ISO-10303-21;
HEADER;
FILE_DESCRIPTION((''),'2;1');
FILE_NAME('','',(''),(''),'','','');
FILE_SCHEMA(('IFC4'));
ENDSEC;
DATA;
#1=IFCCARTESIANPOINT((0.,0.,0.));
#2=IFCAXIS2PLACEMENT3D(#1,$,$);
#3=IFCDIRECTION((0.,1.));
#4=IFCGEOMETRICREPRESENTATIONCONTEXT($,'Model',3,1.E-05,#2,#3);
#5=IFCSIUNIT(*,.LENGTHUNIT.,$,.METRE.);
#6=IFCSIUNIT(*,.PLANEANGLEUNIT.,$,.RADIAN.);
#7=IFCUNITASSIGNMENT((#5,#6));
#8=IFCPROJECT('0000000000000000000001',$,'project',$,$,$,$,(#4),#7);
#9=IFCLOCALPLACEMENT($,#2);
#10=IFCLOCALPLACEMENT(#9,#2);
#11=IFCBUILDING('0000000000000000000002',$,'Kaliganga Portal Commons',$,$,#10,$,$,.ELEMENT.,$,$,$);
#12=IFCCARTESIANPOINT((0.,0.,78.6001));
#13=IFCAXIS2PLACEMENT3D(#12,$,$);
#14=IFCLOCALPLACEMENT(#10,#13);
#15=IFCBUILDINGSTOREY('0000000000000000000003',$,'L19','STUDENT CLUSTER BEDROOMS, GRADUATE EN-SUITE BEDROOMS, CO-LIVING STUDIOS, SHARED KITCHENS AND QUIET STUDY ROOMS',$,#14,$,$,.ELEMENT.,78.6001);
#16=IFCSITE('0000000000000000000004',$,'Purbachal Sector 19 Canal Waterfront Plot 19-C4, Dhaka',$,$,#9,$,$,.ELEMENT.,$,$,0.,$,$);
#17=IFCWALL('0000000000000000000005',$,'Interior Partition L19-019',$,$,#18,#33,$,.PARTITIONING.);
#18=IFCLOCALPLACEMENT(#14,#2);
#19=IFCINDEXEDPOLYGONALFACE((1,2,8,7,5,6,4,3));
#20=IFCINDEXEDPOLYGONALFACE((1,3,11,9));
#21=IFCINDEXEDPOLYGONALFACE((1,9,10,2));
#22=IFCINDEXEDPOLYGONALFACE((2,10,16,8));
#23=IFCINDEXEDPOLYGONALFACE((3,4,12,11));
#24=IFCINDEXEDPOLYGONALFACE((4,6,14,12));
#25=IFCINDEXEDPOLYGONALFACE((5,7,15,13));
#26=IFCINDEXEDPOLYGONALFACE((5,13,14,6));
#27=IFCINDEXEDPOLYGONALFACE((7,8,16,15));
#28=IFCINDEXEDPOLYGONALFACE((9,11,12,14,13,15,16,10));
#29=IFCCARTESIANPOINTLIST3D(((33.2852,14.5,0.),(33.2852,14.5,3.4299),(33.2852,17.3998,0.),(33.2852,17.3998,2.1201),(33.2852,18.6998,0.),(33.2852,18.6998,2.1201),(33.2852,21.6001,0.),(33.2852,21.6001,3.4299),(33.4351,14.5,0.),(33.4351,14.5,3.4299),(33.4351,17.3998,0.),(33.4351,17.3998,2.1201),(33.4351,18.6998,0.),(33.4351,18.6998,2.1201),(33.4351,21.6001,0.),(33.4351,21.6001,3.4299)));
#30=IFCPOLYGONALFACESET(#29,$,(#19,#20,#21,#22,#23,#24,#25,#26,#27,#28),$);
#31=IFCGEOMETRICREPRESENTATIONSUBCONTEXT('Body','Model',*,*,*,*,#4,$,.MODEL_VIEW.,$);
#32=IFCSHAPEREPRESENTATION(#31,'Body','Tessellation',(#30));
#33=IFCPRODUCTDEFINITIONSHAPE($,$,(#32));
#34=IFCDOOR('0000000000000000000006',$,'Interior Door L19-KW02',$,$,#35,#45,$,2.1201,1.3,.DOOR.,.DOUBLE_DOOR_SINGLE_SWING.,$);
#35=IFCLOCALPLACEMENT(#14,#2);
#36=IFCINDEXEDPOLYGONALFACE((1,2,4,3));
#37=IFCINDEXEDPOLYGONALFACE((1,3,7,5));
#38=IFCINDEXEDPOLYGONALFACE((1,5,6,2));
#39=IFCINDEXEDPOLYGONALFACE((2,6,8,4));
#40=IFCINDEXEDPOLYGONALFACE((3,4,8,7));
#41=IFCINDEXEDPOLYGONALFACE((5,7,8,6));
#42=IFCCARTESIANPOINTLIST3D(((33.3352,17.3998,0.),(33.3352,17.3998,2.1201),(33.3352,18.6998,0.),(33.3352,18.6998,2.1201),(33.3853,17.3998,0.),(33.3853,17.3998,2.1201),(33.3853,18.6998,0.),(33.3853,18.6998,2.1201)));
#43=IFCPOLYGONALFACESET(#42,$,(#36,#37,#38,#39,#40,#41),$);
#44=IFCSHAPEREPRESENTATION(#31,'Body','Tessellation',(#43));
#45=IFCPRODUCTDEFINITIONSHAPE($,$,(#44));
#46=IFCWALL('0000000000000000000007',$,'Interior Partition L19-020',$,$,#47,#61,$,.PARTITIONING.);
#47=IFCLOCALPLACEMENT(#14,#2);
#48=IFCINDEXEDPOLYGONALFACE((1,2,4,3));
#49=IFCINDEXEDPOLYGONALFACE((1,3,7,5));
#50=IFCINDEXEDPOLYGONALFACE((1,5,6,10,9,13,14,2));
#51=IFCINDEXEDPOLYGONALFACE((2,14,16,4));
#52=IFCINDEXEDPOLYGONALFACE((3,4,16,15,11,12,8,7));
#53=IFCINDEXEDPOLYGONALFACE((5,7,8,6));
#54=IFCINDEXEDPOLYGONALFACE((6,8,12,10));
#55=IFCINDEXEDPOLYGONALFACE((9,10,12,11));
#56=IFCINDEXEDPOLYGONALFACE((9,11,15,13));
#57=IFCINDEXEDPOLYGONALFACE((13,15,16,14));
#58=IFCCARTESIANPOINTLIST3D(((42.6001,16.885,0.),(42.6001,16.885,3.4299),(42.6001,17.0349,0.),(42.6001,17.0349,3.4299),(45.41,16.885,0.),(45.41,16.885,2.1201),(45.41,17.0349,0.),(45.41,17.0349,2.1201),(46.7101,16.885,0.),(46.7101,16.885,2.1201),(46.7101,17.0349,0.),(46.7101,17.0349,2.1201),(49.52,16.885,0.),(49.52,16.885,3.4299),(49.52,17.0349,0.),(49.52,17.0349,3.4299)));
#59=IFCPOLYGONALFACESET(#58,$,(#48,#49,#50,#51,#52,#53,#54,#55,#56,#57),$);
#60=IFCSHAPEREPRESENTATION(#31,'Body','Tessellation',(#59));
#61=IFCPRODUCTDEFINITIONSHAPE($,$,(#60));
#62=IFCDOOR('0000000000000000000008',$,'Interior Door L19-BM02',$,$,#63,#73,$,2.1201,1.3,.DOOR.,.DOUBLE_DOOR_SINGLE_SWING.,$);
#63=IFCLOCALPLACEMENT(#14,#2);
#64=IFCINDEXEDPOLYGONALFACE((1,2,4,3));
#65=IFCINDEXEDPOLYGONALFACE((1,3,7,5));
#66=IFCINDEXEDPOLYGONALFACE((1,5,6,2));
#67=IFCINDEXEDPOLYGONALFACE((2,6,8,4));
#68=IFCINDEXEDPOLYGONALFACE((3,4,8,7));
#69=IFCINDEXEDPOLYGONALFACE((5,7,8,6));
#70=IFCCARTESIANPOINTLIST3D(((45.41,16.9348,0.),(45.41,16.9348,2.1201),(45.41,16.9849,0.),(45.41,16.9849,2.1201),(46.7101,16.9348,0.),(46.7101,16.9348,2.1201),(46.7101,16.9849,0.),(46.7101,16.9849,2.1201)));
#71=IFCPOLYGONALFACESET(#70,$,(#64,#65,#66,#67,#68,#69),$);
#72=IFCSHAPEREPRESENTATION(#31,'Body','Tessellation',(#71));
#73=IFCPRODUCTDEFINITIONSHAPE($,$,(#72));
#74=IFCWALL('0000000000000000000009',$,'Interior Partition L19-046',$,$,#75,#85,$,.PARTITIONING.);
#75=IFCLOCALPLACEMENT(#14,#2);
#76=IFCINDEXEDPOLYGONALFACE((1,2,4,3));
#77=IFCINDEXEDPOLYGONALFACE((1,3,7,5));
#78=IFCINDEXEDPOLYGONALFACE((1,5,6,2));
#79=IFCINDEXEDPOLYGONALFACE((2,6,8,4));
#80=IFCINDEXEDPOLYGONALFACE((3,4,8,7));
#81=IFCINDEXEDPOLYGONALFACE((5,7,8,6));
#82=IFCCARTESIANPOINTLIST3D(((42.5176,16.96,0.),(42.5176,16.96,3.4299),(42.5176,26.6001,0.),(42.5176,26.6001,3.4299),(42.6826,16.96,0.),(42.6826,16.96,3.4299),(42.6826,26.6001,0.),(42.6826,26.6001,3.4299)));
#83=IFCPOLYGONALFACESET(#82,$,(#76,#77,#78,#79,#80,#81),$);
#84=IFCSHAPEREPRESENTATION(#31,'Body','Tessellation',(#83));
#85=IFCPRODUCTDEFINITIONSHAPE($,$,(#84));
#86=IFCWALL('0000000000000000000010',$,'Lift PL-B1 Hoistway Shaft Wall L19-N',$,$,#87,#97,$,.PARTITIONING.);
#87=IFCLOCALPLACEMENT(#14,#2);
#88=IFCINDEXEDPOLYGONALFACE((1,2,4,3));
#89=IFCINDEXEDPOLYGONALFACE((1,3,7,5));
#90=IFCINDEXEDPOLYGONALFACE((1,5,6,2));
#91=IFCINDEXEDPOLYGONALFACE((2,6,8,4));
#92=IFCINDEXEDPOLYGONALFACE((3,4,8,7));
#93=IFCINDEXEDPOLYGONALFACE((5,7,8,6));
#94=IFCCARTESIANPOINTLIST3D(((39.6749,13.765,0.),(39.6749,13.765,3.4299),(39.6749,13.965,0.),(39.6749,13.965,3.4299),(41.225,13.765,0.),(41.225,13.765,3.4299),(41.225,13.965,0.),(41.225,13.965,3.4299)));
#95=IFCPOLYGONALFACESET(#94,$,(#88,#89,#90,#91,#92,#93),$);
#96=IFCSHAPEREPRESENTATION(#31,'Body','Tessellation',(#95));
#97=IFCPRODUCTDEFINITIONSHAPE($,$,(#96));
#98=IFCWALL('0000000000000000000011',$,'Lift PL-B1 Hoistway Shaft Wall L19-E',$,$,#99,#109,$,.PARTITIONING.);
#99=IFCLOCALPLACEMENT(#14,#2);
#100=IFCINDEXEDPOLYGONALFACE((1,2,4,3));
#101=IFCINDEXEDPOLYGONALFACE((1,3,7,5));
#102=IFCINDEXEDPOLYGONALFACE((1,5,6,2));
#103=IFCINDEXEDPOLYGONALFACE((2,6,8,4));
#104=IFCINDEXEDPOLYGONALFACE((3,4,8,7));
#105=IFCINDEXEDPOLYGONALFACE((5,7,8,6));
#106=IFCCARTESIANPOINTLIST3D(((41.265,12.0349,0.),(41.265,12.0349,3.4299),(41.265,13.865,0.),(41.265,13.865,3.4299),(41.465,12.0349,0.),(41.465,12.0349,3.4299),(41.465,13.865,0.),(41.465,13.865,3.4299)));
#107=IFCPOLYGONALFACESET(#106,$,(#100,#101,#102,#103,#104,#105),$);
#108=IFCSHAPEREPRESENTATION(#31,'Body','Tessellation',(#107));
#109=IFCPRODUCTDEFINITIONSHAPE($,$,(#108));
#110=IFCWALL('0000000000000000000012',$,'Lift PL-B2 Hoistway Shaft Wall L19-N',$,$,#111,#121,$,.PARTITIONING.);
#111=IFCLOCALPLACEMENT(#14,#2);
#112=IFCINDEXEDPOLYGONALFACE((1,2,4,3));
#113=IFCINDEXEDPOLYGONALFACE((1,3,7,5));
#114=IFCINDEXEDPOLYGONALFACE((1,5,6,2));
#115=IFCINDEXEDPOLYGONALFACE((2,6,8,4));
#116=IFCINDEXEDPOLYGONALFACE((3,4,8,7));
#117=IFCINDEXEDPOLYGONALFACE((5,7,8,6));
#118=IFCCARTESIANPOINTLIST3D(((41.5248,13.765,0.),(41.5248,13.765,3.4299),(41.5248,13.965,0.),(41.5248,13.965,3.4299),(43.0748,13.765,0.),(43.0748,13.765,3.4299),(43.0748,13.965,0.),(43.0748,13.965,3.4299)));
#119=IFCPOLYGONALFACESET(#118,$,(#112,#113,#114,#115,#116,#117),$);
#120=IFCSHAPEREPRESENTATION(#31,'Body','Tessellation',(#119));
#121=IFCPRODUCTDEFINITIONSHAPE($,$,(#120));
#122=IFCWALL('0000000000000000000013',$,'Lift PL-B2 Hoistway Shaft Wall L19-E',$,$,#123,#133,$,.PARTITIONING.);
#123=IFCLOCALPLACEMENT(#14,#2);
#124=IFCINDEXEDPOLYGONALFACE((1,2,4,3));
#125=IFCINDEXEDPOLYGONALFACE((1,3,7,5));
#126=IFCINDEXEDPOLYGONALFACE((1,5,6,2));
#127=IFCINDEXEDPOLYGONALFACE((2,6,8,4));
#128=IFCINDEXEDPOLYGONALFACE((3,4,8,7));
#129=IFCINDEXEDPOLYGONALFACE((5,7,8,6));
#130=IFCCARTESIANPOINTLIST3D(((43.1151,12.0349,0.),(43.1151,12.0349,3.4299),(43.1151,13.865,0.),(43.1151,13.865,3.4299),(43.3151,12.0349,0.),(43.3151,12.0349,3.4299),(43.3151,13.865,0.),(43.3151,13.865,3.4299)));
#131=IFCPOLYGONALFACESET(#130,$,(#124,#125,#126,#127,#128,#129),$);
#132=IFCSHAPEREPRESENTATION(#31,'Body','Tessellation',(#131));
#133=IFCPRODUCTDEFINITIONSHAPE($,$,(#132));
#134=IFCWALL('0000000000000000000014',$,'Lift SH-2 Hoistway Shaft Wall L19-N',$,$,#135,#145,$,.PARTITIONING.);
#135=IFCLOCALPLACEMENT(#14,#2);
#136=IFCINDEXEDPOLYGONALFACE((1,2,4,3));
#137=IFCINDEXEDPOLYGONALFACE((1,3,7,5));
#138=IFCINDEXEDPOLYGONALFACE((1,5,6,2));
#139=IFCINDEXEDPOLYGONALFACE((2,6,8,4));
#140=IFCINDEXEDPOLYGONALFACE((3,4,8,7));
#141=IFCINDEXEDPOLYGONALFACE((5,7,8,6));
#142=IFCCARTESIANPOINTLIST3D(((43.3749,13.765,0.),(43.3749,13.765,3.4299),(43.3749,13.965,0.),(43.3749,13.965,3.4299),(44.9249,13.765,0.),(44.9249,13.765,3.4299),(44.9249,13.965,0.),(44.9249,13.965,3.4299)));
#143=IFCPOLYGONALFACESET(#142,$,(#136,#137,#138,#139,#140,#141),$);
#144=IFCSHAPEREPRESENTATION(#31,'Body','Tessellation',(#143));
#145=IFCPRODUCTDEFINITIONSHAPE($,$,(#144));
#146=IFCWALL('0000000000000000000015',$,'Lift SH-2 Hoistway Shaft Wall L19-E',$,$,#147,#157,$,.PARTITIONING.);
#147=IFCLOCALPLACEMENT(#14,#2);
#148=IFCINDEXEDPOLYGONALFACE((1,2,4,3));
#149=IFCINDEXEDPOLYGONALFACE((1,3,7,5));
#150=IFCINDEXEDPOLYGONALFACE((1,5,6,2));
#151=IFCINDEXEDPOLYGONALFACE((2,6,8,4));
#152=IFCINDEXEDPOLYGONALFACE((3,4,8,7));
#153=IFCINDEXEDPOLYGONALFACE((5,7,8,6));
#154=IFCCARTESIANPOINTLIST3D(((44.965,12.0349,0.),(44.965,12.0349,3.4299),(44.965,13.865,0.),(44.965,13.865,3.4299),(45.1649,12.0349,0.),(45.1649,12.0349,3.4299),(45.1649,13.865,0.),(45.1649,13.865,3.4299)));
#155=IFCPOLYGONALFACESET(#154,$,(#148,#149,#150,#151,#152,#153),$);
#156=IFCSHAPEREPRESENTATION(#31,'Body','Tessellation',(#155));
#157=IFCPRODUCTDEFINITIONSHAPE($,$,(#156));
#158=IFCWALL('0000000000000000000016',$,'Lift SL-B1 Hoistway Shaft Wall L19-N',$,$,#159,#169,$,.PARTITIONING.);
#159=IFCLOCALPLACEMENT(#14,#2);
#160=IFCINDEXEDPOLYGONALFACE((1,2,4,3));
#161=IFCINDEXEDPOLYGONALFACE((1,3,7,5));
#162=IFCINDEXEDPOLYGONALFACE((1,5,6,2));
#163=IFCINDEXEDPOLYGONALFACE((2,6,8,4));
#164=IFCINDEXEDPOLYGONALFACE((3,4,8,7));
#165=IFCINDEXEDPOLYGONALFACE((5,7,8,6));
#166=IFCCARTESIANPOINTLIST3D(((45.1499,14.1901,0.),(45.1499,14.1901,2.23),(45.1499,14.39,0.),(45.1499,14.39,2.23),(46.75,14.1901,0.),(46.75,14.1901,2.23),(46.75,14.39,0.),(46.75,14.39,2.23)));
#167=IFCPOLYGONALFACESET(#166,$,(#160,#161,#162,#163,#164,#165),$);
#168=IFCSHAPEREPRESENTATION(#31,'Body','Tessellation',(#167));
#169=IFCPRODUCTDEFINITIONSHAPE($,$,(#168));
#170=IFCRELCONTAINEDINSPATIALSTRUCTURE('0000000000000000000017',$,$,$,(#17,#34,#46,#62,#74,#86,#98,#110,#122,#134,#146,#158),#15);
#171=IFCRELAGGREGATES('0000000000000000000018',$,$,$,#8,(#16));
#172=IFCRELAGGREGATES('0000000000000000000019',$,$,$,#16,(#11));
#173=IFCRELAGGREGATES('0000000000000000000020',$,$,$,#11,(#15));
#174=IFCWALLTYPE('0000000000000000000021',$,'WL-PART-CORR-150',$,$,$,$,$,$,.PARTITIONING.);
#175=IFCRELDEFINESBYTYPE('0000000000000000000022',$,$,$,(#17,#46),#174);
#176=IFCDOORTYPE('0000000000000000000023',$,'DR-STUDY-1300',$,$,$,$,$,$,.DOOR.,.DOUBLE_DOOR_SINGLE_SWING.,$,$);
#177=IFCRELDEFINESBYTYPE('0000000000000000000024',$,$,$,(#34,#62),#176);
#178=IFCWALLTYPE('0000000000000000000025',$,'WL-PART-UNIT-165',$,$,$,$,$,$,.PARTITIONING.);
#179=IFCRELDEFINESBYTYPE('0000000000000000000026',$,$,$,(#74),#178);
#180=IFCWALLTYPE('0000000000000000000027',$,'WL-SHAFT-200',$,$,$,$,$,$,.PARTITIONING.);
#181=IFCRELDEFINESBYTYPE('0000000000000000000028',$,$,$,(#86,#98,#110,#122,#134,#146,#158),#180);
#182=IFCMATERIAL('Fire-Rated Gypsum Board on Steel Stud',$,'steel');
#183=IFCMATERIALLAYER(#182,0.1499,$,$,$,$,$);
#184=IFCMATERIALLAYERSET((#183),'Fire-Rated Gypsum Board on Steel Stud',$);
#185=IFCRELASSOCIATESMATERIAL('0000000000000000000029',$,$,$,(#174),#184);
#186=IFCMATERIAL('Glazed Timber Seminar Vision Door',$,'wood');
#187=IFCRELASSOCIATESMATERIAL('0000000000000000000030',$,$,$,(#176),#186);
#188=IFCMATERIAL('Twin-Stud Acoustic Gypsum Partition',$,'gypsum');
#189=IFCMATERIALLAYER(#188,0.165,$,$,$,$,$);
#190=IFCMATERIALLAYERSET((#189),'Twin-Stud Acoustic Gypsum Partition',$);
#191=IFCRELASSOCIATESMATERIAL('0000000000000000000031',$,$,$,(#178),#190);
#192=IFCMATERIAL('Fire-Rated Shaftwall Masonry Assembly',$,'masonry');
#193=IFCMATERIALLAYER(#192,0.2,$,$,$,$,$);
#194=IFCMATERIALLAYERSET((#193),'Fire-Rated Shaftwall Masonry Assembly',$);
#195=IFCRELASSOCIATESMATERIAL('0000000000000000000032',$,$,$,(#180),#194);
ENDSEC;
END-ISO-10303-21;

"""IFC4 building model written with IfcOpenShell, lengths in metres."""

from ifc_helpers import new_model, si_unit, direction, frame, frame_2d, origin, place, context, subcontext, project, spatial, rectangle, extrude, material, layer, layer_set, type_object, element, fill, save


model = new_model("IFC4")

# Units and contexts
model_context = context("Model", 3, precision=1e-05, world=origin(), true_north=direction((0.0, 1.0)))
body_context = subcontext(model_context, "Body", "Model", "MODEL_VIEW")
ifc_project = project(units=[si_unit("LENGTHUNIT", "METRE"), si_unit("PLANEANGLEUNIT", "RADIAN")], contexts=[model_context])

# Site, building, storey
site_placement = place(None, origin())
site = spatial("IfcSite", under=ifc_project, at=site_placement, Name="Purbachal Sector 19 Canal Waterfront Plot 19-C4, Dhaka", CompositionType="ELEMENT", RefElevation=0.0)
building_placement = place(site_placement, origin())
building = spatial("IfcBuilding", under=site, at=building_placement, Name="Kaliganga Portal Commons", CompositionType="ELEMENT")
storey_placement = place(building_placement, frame((0.0, 0.0, 78.6001)))
storey = spatial("IfcBuildingStorey", under=building, at=storey_placement, Name="L19", Description="STUDENT CLUSTER BEDROOMS, GRADUATE EN-SUITE BEDROOMS, CO-LIVING STUDIOS, SHARED KITCHENS AND QUIET STUDY ROOMS", CompositionType="ELEMENT", Elevation=78.6001)

# Shared definitions
ifc_material_1 = material(Name="Fire-Rated Gypsum Board on Steel Stud", Category="steel")
ifc_layer_1 = layer(ifc_material_1, 0.1499)
ifc_layer_set_1 = layer_set([ifc_layer_1], Name="Fire-Rated Gypsum Board on Steel Stud")
wall_type_1 = type_object("IfcWallType", Name="WL-PART-CORR-150", PredefinedType="PARTITIONING", material=ifc_layer_set_1)
ifc_material_2 = material(Name="Glazed Timber Seminar Vision Door", Category="wood")
door_type_1 = type_object("IfcDoorType", Name="DR-STUDY-1300", OperationType="DOUBLE_DOOR_SINGLE_SWING", PredefinedType="DOOR", material=ifc_material_2)

# Walls, openings, doors
wall_1_placement = place(storey_placement, frame((33.3601, 14.5, 0.0), z_axis=(0.0, 0.0, 1.0), x_axis=(0.0, 1.0, 0.0)))
wall_1 = element("IfcWall", 1, at=wall_1_placement, inside=storey, type_object=wall_type_1, Name="Interior Partition L19-019", PredefinedType="PARTITIONING", context=body_context, shape_type="SweptSolid", body=[
    extrude(rectangle(XDim=7.1001, YDim=0.1499, at=frame_2d((3.55, 0.0))), origin(), (0.0, 0.0, 1.0), 3.4299),
])
opening_1_placement = place(wall_1_placement, frame((2.8999, 0.0, 0.0)))
opening_1 = element("IfcOpeningElement", 2, at=opening_1_placement, cuts=wall_1, PredefinedType="OPENING", context=body_context, shape_type="SweptSolid", body=[
    extrude(rectangle(XDim=1.3, YDim=2.1201, at=frame_2d((0.6499, 1.0601))), frame((0.0, 0.085, 0.0), z_axis=(0.0, -1.0, 0.0), x_axis=(1.0, 0.0, 0.0)), (0.0, 0.0, 1.0), 0.1699),
])
door_1_placement = place(opening_1_placement, origin())
door_1 = element("IfcDoor", 3, at=door_1_placement, inside=storey, type_object=door_type_1, Name="Interior Door L19-KW02", OperationType="DOUBLE_DOOR_SINGLE_SWING", OverallHeight=2.1201, OverallWidth=1.3, PredefinedType="DOOR", context=body_context, shape_type="SweptSolid", body=[
    extrude(rectangle(XDim=1.3, YDim=2.1201, at=frame_2d((0.6499, 1.0601))), frame((0.0, 0.0249, 0.0), z_axis=(0.0, -1.0, 0.0), x_axis=(1.0, 0.0, 0.0)), (0.0, 0.0, 1.0), 0.05),
])
fill(opening_1, door_1)
wall_2_placement = place(storey_placement, frame((42.6001, 16.96, 0.0), z_axis=(0.0, 0.0, 1.0), x_axis=(1.0, 0.0, 0.0)))
wall_2 = element("IfcWall", 4, at=wall_2_placement, inside=storey, type_object=wall_type_1, Name="Interior Partition L19-020", PredefinedType="PARTITIONING", context=body_context, shape_type="SweptSolid", body=[
    extrude(rectangle(XDim=6.9199, YDim=0.1499, at=frame_2d((3.46, 0.0))), origin(), (0.0, 0.0, 1.0), 3.4299),
])
opening_2_placement = place(wall_2_placement, frame((2.8101, 0.0, 0.0)))
opening_2 = element("IfcOpeningElement", 5, at=opening_2_placement, cuts=wall_2, PredefinedType="OPENING", context=body_context, shape_type="SweptSolid", body=[
    extrude(rectangle(XDim=1.3, YDim=2.1201, at=frame_2d((0.6499, 1.0601))), frame((0.0, 0.085, 0.0), z_axis=(0.0, -1.0, 0.0), x_axis=(1.0, 0.0, 0.0)), (0.0, 0.0, 1.0), 0.1699),
])
door_2_placement = place(opening_2_placement, origin())
door_2 = element("IfcDoor", 6, at=door_2_placement, inside=storey, type_object=door_type_1, Name="Interior Door L19-BM02", OperationType="DOUBLE_DOOR_SINGLE_SWING", OverallHeight=2.1201, OverallWidth=1.3, PredefinedType="DOOR", context=body_context, shape_type="SweptSolid", body=[
    extrude(rectangle(XDim=1.3, YDim=2.1201, at=frame_2d((0.6499, 1.0601))), frame((0.0, 0.0249, 0.0), z_axis=(0.0, -1.0, 0.0), x_axis=(1.0, 0.0, 0.0)), (0.0, 0.0, 1.0), 0.05),
])
fill(opening_2, door_2)

# Wall
ifc_material_3 = material(Name="Twin-Stud Acoustic Gypsum Partition", Category="gypsum")
ifc_layer_2 = layer(ifc_material_3, 0.165)
ifc_layer_set_2 = layer_set([ifc_layer_2], Name="Twin-Stud Acoustic Gypsum Partition")
wall_type_2 = type_object("IfcWallType", Name="WL-PART-UNIT-165", PredefinedType="PARTITIONING", material=ifc_layer_set_2)
wall_3_placement = place(storey_placement, frame((42.6001, 16.96, 0.0), z_axis=(0.0, 0.0, 1.0), x_axis=(0.0, 1.0, 0.0)))
element("IfcWall", 7, at=wall_3_placement, inside=storey, type_object=wall_type_2, Name="Interior Partition L19-046", PredefinedType="PARTITIONING", context=body_context, shape_type="SweptSolid", body=[
    extrude(rectangle(XDim=9.6401, YDim=0.165, at=frame_2d((4.8201, 0.0))), origin(), (0.0, 0.0, 1.0), 3.4299),
])

# Shared definitions
ifc_material_4 = material(Name="Fire-Rated Shaftwall Masonry Assembly", Category="masonry")
ifc_layer_3 = layer(ifc_material_4, 0.2)
ifc_layer_set_3 = layer_set([ifc_layer_3], Name="Fire-Rated Shaftwall Masonry Assembly")
wall_type_3 = type_object("IfcWallType", Name="WL-SHAFT-200", PredefinedType="PARTITIONING", material=ifc_layer_set_3)

# Walls
wall_4_placement = place(storey_placement, frame((39.675, 13.865, 0.0), z_axis=(0.0, 0.0, 1.0), x_axis=(1.0, 0.0, 0.0)))
element("IfcWall", 8, at=wall_4_placement, inside=storey, type_object=wall_type_3, Name="Lift PL-B1 Hoistway Shaft Wall L19-N", PredefinedType="PARTITIONING", context=body_context, shape_type="SweptSolid", body=[
    extrude(rectangle(XDim=1.55, YDim=0.2, at=frame_2d((0.7749, 0.0))), origin(), (0.0, 0.0, 1.0), 3.4299),
])
wall_5_placement = place(storey_placement, frame((41.365, 12.0349, 0.0), z_axis=(0.0, 0.0, 1.0), x_axis=(0.0, 1.0, 0.0)))
element("IfcWall", 9, at=wall_5_placement, inside=storey, type_object=wall_type_3, Name="Lift PL-B1 Hoistway Shaft Wall L19-E", PredefinedType="PARTITIONING", context=body_context, shape_type="SweptSolid", body=[
    extrude(rectangle(XDim=1.8301, YDim=0.2, at=frame_2d((0.915, 0.0))), origin(), (0.0, 0.0, 1.0), 3.4299),
])

# Walls
wall_6_placement = place(storey_placement, frame((41.5249, 13.865, 0.0), z_axis=(0.0, 0.0, 1.0), x_axis=(1.0, 0.0, 0.0)))
element("IfcWall", 10, at=wall_6_placement, inside=storey, type_object=wall_type_3, Name="Lift PL-B2 Hoistway Shaft Wall L19-N", PredefinedType="PARTITIONING", context=body_context, shape_type="SweptSolid", body=[
    extrude(rectangle(XDim=1.55, YDim=0.2, at=frame_2d((0.7749, 0.0))), origin(), (0.0, 0.0, 1.0), 3.4299),
])
wall_7_placement = place(storey_placement, frame((43.2151, 12.0349, 0.0), z_axis=(0.0, 0.0, 1.0), x_axis=(0.0, 1.0, 0.0)))
element("IfcWall", 11, at=wall_7_placement, inside=storey, type_object=wall_type_3, Name="Lift PL-B2 Hoistway Shaft Wall L19-E", PredefinedType="PARTITIONING", context=body_context, shape_type="SweptSolid", body=[
    extrude(rectangle(XDim=1.8301, YDim=0.2, at=frame_2d((0.915, 0.0))), origin(), (0.0, 0.0, 1.0), 3.4299),
])

# Walls
wall_8_placement = place(storey_placement, frame((43.375, 13.865, 0.0), z_axis=(0.0, 0.0, 1.0), x_axis=(1.0, 0.0, 0.0)))
element("IfcWall", 12, at=wall_8_placement, inside=storey, type_object=wall_type_3, Name="Lift SH-2 Hoistway Shaft Wall L19-N", PredefinedType="PARTITIONING", context=body_context, shape_type="SweptSolid", body=[
    extrude(rectangle(XDim=1.55, YDim=0.2, at=frame_2d((0.7749, 0.0))), origin(), (0.0, 0.0, 1.0), 3.4299),
])
wall_9_placement = place(storey_placement, frame((45.0649, 12.0349, 0.0), z_axis=(0.0, 0.0, 1.0), x_axis=(0.0, 1.0, 0.0)))
element("IfcWall", 13, at=wall_9_placement, inside=storey, type_object=wall_type_3, Name="Lift SH-2 Hoistway Shaft Wall L19-E", PredefinedType="PARTITIONING", context=body_context, shape_type="SweptSolid", body=[
    extrude(rectangle(XDim=1.8301, YDim=0.2, at=frame_2d((0.915, 0.0))), origin(), (0.0, 0.0, 1.0), 3.4299),
])
wall_10_placement = place(storey_placement, frame((45.1499, 14.29, 0.0), z_axis=(0.0, 0.0, 1.0), x_axis=(1.0, 0.0, 0.0)))
element("IfcWall", 14, at=wall_10_placement, inside=storey, type_object=wall_type_3, Name="Lift SL-B1 Hoistway Shaft Wall L19-N", PredefinedType="PARTITIONING", context=body_context, shape_type="SweptSolid", body=[
    extrude(rectangle(XDim=1.6001, YDim=0.2, at=frame_2d((0.8, 0.0))), origin(), (0.0, 0.0, 1.0), 2.23),
])

save(model, "model.ifc")
